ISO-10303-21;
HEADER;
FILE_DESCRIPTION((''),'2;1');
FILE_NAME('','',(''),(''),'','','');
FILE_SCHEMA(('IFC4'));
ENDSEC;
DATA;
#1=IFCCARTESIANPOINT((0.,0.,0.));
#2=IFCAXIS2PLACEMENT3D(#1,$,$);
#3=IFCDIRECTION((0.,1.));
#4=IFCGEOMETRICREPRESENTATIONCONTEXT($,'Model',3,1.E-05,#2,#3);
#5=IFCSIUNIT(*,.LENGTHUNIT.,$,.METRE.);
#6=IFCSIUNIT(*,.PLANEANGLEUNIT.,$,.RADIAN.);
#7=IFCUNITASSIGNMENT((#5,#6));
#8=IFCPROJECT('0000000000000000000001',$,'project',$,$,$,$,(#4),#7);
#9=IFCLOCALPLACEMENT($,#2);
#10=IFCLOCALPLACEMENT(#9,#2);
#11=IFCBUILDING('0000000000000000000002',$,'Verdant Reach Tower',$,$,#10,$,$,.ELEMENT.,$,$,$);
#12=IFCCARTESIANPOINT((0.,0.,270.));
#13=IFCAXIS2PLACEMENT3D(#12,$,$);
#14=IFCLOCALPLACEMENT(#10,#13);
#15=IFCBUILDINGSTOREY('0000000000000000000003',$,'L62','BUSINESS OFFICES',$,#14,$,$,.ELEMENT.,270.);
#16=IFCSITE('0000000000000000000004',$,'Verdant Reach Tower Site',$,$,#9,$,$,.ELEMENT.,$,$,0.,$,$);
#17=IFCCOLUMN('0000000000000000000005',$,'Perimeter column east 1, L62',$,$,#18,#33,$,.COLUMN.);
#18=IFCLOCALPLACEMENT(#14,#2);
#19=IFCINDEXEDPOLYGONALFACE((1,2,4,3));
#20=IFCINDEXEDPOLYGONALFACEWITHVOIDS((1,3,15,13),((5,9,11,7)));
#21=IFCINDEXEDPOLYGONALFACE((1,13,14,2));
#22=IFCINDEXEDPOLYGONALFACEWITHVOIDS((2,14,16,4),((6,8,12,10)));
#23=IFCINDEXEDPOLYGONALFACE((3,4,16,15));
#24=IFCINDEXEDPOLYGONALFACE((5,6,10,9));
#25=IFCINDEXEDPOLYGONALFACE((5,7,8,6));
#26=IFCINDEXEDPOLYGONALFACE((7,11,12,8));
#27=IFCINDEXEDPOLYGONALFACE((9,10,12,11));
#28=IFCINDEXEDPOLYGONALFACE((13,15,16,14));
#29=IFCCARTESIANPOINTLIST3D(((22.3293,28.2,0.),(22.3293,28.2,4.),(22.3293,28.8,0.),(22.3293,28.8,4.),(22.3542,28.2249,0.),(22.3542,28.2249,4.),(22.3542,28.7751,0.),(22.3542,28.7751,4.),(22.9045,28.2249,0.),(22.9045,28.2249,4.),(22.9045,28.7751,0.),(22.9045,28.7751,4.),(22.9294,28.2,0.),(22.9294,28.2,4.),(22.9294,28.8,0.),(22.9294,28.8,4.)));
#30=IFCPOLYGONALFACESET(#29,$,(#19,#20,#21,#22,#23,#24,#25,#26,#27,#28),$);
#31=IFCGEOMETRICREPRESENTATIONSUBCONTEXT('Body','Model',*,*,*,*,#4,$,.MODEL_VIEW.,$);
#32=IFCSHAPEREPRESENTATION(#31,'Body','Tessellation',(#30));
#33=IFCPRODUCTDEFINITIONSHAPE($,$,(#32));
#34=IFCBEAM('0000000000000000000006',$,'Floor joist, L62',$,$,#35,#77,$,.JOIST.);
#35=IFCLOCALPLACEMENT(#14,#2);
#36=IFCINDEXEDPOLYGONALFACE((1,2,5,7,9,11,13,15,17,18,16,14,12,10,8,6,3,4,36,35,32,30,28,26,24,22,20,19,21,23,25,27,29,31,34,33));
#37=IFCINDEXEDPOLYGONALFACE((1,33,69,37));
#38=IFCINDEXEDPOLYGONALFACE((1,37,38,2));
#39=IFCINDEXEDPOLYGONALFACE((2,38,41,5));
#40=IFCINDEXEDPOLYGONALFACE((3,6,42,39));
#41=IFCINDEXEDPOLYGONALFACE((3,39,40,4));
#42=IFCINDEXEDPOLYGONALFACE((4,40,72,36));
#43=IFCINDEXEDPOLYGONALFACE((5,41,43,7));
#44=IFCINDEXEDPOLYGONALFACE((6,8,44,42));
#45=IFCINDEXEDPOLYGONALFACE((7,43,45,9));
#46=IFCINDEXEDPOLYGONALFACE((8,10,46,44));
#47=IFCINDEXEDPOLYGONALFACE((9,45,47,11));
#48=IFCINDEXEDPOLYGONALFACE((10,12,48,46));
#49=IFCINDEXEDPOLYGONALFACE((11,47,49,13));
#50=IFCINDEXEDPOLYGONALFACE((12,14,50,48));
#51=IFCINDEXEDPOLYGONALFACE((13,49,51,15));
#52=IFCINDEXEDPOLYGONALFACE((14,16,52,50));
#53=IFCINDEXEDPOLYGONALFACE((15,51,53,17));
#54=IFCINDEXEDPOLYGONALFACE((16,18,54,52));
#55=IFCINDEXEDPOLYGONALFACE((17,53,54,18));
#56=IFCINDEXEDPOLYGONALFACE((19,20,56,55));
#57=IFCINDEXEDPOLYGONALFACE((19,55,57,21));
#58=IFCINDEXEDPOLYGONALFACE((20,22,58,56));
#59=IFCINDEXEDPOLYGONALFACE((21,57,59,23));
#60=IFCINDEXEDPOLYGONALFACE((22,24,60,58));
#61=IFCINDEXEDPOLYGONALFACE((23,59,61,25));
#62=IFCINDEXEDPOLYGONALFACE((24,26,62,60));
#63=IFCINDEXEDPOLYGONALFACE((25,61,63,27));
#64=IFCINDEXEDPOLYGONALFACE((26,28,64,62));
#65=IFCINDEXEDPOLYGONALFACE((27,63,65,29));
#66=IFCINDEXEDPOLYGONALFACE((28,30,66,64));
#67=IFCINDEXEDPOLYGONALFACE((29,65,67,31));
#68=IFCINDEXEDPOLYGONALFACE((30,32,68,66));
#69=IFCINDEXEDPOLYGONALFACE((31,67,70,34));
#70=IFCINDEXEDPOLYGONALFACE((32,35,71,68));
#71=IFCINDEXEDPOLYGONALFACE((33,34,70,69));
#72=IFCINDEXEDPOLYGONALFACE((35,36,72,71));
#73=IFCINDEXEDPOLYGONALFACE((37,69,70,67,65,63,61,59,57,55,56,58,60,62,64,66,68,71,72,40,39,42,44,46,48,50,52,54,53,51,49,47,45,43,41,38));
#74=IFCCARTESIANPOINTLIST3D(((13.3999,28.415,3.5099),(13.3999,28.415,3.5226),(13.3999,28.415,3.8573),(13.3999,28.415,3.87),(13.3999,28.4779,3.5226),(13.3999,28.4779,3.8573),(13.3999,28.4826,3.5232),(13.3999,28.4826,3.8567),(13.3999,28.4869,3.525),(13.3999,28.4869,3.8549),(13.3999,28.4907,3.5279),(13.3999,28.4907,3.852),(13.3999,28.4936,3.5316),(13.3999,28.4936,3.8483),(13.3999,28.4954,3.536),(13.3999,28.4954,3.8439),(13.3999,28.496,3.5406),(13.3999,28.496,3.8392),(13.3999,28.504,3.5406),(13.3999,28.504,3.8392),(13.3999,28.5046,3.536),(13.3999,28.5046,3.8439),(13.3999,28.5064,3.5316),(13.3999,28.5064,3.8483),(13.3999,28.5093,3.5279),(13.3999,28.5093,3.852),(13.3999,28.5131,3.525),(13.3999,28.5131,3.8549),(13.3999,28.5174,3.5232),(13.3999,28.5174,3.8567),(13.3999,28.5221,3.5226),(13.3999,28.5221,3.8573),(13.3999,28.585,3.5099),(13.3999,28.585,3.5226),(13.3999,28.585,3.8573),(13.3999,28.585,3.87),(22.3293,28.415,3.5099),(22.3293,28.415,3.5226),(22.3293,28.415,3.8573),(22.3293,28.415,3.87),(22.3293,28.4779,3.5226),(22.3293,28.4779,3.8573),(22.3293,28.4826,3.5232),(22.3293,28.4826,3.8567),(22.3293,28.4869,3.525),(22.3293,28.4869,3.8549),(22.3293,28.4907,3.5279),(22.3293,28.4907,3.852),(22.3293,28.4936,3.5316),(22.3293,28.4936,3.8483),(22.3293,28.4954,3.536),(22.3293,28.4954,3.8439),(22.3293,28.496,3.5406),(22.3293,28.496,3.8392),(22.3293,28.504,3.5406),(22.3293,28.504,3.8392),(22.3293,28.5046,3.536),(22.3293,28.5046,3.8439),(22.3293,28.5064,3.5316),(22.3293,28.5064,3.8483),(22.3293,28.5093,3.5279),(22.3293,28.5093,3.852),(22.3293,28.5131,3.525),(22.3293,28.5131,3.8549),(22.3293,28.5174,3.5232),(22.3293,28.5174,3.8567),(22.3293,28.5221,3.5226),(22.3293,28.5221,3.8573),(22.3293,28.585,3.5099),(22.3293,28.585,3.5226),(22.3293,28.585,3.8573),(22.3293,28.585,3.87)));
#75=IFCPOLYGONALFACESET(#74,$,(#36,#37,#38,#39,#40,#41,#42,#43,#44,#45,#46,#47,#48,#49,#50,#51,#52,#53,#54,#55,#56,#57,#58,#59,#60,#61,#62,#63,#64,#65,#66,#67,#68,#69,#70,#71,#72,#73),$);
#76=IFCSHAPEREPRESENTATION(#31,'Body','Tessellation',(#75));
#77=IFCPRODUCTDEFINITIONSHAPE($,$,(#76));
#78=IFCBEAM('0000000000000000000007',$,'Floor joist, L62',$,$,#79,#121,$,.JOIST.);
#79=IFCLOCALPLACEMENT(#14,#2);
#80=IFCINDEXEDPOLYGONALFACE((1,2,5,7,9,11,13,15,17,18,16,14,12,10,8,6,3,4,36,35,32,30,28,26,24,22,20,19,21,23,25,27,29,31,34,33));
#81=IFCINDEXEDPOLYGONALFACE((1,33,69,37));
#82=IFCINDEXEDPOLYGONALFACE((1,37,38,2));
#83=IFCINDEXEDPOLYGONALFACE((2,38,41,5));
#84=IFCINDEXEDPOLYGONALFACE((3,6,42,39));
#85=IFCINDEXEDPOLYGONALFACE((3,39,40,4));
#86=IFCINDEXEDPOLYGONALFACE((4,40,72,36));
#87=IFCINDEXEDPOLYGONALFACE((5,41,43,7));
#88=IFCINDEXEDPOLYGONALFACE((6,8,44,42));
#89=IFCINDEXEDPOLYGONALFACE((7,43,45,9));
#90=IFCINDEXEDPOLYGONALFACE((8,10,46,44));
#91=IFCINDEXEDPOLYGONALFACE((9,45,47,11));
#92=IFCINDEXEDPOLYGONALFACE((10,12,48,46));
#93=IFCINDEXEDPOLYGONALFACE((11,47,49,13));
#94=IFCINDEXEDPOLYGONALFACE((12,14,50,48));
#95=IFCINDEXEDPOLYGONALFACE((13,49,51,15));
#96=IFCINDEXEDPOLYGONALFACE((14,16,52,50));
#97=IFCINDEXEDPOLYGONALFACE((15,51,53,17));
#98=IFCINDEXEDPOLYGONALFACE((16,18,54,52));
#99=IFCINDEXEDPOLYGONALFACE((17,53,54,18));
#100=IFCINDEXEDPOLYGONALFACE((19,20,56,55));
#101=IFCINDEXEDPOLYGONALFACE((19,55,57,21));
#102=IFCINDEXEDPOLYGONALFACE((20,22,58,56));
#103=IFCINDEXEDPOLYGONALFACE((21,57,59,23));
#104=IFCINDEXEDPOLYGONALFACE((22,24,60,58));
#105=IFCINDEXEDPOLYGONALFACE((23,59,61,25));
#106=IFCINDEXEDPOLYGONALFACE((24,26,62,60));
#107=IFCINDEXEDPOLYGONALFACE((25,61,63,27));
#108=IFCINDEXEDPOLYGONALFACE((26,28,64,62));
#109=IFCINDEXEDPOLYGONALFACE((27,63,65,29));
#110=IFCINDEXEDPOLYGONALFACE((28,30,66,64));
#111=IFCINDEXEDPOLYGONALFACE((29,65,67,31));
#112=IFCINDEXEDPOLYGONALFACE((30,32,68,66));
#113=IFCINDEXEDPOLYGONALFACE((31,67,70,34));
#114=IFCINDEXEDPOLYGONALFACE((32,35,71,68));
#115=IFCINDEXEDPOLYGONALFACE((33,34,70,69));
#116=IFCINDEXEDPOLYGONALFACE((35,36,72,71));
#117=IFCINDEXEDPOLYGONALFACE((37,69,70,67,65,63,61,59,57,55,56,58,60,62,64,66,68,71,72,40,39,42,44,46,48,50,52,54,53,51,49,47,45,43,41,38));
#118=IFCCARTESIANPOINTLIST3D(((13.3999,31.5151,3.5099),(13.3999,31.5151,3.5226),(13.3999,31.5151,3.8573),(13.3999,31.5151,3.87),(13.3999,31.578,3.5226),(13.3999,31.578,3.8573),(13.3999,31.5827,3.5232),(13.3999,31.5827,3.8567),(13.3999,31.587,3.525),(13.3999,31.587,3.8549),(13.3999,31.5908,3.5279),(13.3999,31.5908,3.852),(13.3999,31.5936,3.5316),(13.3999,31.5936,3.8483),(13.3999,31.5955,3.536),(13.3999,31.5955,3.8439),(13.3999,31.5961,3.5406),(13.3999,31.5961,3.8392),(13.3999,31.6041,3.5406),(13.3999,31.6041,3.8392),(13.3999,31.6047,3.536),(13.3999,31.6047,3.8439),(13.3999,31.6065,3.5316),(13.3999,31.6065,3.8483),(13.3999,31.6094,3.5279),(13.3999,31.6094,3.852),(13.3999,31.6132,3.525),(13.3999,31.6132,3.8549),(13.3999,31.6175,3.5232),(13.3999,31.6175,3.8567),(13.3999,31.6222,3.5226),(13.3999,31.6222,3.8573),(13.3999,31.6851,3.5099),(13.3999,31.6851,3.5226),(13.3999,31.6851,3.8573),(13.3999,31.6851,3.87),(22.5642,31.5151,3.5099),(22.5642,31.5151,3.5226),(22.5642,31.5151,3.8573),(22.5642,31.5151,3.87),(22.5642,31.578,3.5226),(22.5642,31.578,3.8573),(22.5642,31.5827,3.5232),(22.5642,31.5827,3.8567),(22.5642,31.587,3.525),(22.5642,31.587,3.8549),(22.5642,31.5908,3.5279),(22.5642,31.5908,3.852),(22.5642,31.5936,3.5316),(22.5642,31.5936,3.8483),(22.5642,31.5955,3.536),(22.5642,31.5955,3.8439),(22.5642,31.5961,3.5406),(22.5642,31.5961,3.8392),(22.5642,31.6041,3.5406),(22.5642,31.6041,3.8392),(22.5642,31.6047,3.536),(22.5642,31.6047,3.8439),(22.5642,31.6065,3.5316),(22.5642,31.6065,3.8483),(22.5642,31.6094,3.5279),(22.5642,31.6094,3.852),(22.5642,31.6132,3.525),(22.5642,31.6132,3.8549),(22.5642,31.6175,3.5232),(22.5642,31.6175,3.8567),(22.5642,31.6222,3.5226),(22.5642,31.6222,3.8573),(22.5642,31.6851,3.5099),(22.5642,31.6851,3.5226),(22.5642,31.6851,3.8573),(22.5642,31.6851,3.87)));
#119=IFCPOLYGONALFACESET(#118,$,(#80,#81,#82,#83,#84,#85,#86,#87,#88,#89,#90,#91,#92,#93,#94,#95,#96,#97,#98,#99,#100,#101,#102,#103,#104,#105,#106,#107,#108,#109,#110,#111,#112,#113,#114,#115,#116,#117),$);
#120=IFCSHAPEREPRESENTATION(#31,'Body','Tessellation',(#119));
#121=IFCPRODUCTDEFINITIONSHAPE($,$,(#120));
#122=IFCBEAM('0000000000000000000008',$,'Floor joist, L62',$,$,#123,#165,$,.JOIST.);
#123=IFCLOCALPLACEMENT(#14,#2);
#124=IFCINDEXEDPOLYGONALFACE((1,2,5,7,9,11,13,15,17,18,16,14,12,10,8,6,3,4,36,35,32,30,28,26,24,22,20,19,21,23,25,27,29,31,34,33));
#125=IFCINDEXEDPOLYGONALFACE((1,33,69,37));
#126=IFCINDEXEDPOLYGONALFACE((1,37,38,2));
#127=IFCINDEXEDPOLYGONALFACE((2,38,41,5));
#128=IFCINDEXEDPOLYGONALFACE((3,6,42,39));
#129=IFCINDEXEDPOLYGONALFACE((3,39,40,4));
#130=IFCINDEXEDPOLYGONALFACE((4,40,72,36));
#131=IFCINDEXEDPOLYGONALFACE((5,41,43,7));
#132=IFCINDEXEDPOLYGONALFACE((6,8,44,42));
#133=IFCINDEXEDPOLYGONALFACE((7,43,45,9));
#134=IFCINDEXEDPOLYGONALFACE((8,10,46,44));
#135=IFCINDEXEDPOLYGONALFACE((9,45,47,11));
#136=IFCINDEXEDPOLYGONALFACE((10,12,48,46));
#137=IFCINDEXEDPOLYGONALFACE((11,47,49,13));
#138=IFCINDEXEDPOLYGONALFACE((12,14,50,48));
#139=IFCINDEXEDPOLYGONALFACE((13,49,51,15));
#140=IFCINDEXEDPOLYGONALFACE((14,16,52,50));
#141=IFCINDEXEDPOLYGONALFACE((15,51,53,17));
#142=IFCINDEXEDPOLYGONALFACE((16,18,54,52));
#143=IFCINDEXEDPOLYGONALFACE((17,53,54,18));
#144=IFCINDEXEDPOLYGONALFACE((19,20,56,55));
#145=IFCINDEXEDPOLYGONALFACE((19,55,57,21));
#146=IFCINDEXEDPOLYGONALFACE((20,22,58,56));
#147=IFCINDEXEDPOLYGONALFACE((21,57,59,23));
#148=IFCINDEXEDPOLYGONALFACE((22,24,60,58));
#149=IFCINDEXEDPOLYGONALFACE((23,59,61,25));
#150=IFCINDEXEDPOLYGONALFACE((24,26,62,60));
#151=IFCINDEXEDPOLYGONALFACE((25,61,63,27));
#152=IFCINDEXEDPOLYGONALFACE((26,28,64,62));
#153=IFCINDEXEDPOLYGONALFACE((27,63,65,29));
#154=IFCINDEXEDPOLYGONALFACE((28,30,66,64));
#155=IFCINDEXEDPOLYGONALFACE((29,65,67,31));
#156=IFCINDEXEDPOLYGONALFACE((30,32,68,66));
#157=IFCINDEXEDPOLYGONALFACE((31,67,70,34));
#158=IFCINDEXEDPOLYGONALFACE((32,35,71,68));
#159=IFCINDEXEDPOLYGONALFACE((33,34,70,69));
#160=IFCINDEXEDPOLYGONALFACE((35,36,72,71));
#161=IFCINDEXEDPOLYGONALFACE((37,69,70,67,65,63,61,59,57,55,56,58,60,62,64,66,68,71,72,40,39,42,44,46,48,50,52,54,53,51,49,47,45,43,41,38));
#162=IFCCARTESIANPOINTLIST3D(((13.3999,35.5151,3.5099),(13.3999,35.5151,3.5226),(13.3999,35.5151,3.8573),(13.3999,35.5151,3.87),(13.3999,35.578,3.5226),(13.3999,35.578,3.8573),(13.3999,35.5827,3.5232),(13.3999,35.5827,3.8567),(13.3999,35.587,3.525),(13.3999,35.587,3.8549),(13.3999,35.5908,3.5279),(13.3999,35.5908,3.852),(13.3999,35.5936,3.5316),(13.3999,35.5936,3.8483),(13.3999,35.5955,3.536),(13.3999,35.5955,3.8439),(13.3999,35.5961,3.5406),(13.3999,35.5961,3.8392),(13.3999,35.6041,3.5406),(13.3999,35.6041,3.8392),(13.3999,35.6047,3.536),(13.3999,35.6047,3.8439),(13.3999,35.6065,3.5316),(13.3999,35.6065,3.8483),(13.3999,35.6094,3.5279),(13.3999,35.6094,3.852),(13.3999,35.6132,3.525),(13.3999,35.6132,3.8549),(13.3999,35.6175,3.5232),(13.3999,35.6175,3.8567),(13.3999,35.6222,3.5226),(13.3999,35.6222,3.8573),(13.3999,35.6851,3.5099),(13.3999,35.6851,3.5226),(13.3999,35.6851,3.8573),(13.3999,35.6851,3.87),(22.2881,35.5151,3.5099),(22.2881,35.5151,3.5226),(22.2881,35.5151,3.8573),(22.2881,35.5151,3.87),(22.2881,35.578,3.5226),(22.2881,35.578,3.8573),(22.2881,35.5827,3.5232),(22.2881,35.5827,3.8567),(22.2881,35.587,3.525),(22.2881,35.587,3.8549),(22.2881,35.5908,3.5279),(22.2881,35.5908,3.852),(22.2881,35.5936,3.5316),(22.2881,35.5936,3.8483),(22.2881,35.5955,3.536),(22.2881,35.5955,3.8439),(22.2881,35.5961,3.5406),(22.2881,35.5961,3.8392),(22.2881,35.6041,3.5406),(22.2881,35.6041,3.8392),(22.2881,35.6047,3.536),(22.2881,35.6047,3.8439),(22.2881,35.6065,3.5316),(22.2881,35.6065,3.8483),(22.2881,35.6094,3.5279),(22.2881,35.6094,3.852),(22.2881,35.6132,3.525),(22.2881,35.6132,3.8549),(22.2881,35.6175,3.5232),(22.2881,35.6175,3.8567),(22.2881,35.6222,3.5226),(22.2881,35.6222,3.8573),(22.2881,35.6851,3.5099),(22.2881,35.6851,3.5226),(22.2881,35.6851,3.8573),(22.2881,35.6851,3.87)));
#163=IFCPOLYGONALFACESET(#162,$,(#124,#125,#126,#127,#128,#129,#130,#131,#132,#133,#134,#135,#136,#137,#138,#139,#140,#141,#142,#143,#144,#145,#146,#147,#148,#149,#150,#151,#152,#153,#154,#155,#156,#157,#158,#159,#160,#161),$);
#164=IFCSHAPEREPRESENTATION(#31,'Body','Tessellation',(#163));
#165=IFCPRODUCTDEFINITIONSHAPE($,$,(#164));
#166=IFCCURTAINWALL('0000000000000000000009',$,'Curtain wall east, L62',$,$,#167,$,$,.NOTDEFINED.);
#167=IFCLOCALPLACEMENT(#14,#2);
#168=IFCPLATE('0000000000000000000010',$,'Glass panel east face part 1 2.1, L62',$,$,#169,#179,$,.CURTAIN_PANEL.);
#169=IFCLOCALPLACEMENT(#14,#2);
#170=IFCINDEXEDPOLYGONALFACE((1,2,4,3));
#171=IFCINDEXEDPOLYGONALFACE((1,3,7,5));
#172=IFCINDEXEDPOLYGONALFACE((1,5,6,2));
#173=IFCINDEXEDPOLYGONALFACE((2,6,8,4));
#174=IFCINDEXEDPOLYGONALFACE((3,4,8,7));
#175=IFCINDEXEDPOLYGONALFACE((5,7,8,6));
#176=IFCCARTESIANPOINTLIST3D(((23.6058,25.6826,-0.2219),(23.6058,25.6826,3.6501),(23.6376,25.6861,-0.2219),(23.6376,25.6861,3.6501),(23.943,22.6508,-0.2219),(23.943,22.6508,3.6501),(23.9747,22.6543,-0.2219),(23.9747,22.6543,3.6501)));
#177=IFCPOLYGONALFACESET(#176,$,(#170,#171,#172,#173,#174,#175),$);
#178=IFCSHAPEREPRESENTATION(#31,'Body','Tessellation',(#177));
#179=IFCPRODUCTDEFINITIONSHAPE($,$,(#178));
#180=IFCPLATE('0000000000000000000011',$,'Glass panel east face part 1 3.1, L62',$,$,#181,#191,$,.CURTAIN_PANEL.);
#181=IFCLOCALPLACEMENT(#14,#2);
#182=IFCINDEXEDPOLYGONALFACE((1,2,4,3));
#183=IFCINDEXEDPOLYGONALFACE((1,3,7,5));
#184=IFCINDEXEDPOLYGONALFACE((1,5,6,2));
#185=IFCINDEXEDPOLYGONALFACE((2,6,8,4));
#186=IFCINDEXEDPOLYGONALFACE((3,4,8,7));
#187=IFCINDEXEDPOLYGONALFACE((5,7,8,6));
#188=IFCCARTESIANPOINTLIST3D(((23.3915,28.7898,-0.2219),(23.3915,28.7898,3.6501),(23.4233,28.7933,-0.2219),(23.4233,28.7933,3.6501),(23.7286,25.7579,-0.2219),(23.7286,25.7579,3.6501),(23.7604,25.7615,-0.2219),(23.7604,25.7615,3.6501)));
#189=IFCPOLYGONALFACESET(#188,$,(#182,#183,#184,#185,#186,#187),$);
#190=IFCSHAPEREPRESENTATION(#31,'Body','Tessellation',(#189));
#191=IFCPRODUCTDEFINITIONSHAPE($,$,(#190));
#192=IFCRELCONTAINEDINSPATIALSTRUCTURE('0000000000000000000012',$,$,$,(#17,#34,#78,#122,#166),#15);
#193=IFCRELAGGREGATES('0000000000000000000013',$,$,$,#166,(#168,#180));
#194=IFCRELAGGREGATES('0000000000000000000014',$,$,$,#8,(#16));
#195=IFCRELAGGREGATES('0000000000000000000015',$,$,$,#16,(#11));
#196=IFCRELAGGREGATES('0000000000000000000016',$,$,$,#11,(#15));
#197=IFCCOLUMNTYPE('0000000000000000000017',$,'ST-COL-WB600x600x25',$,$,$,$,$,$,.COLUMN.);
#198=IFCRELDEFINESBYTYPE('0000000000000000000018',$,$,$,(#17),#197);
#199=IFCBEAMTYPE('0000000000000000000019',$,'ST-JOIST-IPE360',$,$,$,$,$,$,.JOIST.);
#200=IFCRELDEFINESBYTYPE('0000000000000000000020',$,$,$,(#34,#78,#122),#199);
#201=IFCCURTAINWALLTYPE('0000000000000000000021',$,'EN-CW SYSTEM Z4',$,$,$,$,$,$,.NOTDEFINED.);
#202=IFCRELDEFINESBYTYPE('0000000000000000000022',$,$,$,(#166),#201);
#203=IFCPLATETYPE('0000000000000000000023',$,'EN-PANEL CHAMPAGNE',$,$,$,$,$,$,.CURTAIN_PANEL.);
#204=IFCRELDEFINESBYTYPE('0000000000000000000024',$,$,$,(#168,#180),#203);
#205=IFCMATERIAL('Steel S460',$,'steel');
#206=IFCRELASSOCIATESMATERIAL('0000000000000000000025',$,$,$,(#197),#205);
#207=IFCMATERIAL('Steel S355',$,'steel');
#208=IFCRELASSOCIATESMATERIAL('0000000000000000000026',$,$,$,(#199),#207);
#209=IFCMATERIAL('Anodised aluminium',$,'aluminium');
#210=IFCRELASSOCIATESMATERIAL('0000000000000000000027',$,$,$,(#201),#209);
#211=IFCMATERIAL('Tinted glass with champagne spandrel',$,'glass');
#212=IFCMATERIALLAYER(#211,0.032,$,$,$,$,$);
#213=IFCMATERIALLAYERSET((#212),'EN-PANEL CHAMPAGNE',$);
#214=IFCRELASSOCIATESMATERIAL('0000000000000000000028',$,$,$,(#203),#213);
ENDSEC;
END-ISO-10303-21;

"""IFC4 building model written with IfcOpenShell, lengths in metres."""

from ifc_helpers import new_model, si_unit, direction, frame, origin, origin_2d, place, context, subcontext, project, spatial, rectangle, hollow_rectangle, i_section, extrude, material, layer, layer_set, material_profile, profile_set, type_object, element, aggregate, save


model = new_model("IFC4")

# Units and contexts
model_context = context("Model", 3, precision=1e-05, world=origin(), true_north=direction((0.0, 1.0)))
body_context = subcontext(model_context, "Body", "Model", "MODEL_VIEW")
ifc_project = project(units=[si_unit("LENGTHUNIT", "METRE"), si_unit("PLANEANGLEUNIT", "RADIAN")], contexts=[model_context])

# Site, building, storey
site_placement = place(None, origin())
site = spatial("IfcSite", under=ifc_project, at=site_placement, Name="Verdant Reach Tower Site", CompositionType="ELEMENT", RefElevation=0.0)
building_placement = place(site_placement, origin())
building = spatial("IfcBuilding", under=site, at=building_placement, Name="Verdant Reach Tower", CompositionType="ELEMENT")
storey_placement = place(building_placement, frame((0.0, 0.0, 270.0)))
storey = spatial("IfcBuildingStorey", under=building, at=storey_placement, Name="L62", Description="BUSINESS OFFICES", CompositionType="ELEMENT", Elevation=270.0)

# Column
ifc_material_1 = material(Name="Steel S460", Category="steel")
ifc_material_profile_1 = material_profile(ifc_material_1, hollow_rectangle(XDim=0.6001, YDim=0.6001, WallThickness=0.0249, at=origin_2d()), Name="WB 600x600x25")
ifc_profile_set_1 = profile_set([ifc_material_profile_1], Name="Steel S460")
column_type = type_object("IfcColumnType", Name="ST-COL-WB600x600x25", PredefinedType="COLUMN", material=ifc_profile_set_1)
column_placement = place(storey_placement, frame((22.6294, 28.5, 0.0), z_axis=(0.0, 0.0, 1.0), x_axis=(1.0, 0.0, 0.0)))
element("IfcColumn", 1, at=column_placement, inside=storey, type_object=column_type, Name="Perimeter column east 1, L62", PredefinedType="COLUMN", context=body_context, shape_type="SweptSolid", body=[
    extrude(hollow_rectangle(XDim=0.6001, YDim=0.6001, WallThickness=0.0249, at=origin_2d()), origin(), (0.0, 0.0, 1.0), 4.0),
])

# Beams
ifc_material_2 = material(Name="Steel S355", Category="steel")
ifc_material_profile_2 = material_profile(ifc_material_2, i_section(OverallWidth=0.1699, OverallDepth=0.3601, WebThickness=0.0081, FlangeThickness=0.0127, FilletRadius=0.0181, at=origin_2d()), Name="IPE 360")
ifc_profile_set_2 = profile_set([ifc_material_profile_2], Name="Steel S355")
beam_type = type_object("IfcBeamType", Name="ST-JOIST-IPE360", PredefinedType="JOIST", material=ifc_profile_set_2)
beam_1_placement = place(storey_placement, frame((13.3999, 28.5, 3.6899), z_axis=(1.0, 0.0, 0.0), x_axis=(0.0, 1.0, 0.0)))
element("IfcBeam", 2, at=beam_1_placement, inside=storey, type_object=beam_type, Name="Floor joist, L62", PredefinedType="JOIST", context=body_context, shape_type="SweptSolid", body=[
    extrude(i_section(OverallWidth=0.1699, OverallDepth=0.3601, WebThickness=0.0081, FlangeThickness=0.0127, FilletRadius=0.0181, at=origin_2d()), origin(), (0.0, 0.0, 1.0), 8.9294),
])
beam_2_placement = place(storey_placement, frame((13.3999, 31.6001, 3.6899), z_axis=(1.0, 0.0, 0.0), x_axis=(0.0, 1.0, 0.0)))
element("IfcBeam", 3, at=beam_2_placement, inside=storey, type_object=beam_type, Name="Floor joist, L62", PredefinedType="JOIST", context=body_context, shape_type="SweptSolid", body=[
    extrude(i_section(OverallWidth=0.1699, OverallDepth=0.3601, WebThickness=0.0081, FlangeThickness=0.0127, FilletRadius=0.0181, at=origin_2d()), origin(), (0.0, 0.0, 1.0), 9.1643),
])
beam_3_placement = place(storey_placement, frame((13.3999, 35.6001, 3.6899), z_axis=(1.0, 0.0, 0.0), x_axis=(0.0, 1.0, 0.0)))
element("IfcBeam", 4, at=beam_3_placement, inside=storey, type_object=beam_type, Name="Floor joist, L62", PredefinedType="JOIST", context=body_context, shape_type="SweptSolid", body=[
    extrude(i_section(OverallWidth=0.1699, OverallDepth=0.3601, WebThickness=0.0081, FlangeThickness=0.0127, FilletRadius=0.0181, at=origin_2d()), origin(), (0.0, 0.0, 1.0), 8.8882),
])

# Curtain wall, plates
ifc_material_3 = material(Name="Anodised aluminium", Category="aluminium")
curtain_wall_type = type_object("IfcCurtainWallType", Name="EN-CW SYSTEM Z4", PredefinedType="NOTDEFINED", material=ifc_material_3)
curtain_wall_placement = place(storey_placement, origin())
curtain_wall = element("IfcCurtainWall", 5, at=curtain_wall_placement, inside=storey, type_object=curtain_wall_type, Name="Curtain wall east, L62", PredefinedType="NOTDEFINED")
ifc_material_4 = material(Name="Tinted glass with champagne spandrel", Category="glass")
ifc_layer_1 = layer(ifc_material_4, 0.032)
ifc_layer_set_1 = layer_set([ifc_layer_1], Name="EN-PANEL CHAMPAGNE")
plate_type_1 = type_object("IfcPlateType", Name="EN-PANEL CHAMPAGNE", PredefinedType="CURTAIN_PANEL", material=ifc_layer_set_1)
plate_1_placement = place(storey_placement, frame((23.7903, 24.1685, -0.2219), z_axis=(0.0, 0.0, 1.0), x_axis=(-0.110518, 0.993874, 0.0)))
plate_1 = element("IfcPlate", 6, at=plate_1_placement, type_object=plate_type_1, Name="Glass panel east face part 1 2.1, L62", PredefinedType="CURTAIN_PANEL", context=body_context, shape_type="SweptSolid", body=[
    extrude(rectangle(XDim=3.0505, YDim=0.032, at=origin_2d()), origin(), (0.0, 0.0, 1.0), 3.8721),
])
plate_2_placement = place(storey_placement, frame((23.5759, 27.2756, -0.2219), z_axis=(0.0, 0.0, 1.0), x_axis=(-0.110518, 0.993874, 0.0)))
plate_2 = element("IfcPlate", 7, at=plate_2_placement, type_object=plate_type_1, Name="Glass panel east face part 1 3.1, L62", PredefinedType="CURTAIN_PANEL", context=body_context, shape_type="SweptSolid", body=[
    extrude(rectangle(XDim=3.0505, YDim=0.032, at=origin_2d()), origin(), (0.0, 0.0, 1.0), 3.8721),
])
aggregate(curtain_wall, [plate_1, plate_2])

save(model, "model.ifc")
